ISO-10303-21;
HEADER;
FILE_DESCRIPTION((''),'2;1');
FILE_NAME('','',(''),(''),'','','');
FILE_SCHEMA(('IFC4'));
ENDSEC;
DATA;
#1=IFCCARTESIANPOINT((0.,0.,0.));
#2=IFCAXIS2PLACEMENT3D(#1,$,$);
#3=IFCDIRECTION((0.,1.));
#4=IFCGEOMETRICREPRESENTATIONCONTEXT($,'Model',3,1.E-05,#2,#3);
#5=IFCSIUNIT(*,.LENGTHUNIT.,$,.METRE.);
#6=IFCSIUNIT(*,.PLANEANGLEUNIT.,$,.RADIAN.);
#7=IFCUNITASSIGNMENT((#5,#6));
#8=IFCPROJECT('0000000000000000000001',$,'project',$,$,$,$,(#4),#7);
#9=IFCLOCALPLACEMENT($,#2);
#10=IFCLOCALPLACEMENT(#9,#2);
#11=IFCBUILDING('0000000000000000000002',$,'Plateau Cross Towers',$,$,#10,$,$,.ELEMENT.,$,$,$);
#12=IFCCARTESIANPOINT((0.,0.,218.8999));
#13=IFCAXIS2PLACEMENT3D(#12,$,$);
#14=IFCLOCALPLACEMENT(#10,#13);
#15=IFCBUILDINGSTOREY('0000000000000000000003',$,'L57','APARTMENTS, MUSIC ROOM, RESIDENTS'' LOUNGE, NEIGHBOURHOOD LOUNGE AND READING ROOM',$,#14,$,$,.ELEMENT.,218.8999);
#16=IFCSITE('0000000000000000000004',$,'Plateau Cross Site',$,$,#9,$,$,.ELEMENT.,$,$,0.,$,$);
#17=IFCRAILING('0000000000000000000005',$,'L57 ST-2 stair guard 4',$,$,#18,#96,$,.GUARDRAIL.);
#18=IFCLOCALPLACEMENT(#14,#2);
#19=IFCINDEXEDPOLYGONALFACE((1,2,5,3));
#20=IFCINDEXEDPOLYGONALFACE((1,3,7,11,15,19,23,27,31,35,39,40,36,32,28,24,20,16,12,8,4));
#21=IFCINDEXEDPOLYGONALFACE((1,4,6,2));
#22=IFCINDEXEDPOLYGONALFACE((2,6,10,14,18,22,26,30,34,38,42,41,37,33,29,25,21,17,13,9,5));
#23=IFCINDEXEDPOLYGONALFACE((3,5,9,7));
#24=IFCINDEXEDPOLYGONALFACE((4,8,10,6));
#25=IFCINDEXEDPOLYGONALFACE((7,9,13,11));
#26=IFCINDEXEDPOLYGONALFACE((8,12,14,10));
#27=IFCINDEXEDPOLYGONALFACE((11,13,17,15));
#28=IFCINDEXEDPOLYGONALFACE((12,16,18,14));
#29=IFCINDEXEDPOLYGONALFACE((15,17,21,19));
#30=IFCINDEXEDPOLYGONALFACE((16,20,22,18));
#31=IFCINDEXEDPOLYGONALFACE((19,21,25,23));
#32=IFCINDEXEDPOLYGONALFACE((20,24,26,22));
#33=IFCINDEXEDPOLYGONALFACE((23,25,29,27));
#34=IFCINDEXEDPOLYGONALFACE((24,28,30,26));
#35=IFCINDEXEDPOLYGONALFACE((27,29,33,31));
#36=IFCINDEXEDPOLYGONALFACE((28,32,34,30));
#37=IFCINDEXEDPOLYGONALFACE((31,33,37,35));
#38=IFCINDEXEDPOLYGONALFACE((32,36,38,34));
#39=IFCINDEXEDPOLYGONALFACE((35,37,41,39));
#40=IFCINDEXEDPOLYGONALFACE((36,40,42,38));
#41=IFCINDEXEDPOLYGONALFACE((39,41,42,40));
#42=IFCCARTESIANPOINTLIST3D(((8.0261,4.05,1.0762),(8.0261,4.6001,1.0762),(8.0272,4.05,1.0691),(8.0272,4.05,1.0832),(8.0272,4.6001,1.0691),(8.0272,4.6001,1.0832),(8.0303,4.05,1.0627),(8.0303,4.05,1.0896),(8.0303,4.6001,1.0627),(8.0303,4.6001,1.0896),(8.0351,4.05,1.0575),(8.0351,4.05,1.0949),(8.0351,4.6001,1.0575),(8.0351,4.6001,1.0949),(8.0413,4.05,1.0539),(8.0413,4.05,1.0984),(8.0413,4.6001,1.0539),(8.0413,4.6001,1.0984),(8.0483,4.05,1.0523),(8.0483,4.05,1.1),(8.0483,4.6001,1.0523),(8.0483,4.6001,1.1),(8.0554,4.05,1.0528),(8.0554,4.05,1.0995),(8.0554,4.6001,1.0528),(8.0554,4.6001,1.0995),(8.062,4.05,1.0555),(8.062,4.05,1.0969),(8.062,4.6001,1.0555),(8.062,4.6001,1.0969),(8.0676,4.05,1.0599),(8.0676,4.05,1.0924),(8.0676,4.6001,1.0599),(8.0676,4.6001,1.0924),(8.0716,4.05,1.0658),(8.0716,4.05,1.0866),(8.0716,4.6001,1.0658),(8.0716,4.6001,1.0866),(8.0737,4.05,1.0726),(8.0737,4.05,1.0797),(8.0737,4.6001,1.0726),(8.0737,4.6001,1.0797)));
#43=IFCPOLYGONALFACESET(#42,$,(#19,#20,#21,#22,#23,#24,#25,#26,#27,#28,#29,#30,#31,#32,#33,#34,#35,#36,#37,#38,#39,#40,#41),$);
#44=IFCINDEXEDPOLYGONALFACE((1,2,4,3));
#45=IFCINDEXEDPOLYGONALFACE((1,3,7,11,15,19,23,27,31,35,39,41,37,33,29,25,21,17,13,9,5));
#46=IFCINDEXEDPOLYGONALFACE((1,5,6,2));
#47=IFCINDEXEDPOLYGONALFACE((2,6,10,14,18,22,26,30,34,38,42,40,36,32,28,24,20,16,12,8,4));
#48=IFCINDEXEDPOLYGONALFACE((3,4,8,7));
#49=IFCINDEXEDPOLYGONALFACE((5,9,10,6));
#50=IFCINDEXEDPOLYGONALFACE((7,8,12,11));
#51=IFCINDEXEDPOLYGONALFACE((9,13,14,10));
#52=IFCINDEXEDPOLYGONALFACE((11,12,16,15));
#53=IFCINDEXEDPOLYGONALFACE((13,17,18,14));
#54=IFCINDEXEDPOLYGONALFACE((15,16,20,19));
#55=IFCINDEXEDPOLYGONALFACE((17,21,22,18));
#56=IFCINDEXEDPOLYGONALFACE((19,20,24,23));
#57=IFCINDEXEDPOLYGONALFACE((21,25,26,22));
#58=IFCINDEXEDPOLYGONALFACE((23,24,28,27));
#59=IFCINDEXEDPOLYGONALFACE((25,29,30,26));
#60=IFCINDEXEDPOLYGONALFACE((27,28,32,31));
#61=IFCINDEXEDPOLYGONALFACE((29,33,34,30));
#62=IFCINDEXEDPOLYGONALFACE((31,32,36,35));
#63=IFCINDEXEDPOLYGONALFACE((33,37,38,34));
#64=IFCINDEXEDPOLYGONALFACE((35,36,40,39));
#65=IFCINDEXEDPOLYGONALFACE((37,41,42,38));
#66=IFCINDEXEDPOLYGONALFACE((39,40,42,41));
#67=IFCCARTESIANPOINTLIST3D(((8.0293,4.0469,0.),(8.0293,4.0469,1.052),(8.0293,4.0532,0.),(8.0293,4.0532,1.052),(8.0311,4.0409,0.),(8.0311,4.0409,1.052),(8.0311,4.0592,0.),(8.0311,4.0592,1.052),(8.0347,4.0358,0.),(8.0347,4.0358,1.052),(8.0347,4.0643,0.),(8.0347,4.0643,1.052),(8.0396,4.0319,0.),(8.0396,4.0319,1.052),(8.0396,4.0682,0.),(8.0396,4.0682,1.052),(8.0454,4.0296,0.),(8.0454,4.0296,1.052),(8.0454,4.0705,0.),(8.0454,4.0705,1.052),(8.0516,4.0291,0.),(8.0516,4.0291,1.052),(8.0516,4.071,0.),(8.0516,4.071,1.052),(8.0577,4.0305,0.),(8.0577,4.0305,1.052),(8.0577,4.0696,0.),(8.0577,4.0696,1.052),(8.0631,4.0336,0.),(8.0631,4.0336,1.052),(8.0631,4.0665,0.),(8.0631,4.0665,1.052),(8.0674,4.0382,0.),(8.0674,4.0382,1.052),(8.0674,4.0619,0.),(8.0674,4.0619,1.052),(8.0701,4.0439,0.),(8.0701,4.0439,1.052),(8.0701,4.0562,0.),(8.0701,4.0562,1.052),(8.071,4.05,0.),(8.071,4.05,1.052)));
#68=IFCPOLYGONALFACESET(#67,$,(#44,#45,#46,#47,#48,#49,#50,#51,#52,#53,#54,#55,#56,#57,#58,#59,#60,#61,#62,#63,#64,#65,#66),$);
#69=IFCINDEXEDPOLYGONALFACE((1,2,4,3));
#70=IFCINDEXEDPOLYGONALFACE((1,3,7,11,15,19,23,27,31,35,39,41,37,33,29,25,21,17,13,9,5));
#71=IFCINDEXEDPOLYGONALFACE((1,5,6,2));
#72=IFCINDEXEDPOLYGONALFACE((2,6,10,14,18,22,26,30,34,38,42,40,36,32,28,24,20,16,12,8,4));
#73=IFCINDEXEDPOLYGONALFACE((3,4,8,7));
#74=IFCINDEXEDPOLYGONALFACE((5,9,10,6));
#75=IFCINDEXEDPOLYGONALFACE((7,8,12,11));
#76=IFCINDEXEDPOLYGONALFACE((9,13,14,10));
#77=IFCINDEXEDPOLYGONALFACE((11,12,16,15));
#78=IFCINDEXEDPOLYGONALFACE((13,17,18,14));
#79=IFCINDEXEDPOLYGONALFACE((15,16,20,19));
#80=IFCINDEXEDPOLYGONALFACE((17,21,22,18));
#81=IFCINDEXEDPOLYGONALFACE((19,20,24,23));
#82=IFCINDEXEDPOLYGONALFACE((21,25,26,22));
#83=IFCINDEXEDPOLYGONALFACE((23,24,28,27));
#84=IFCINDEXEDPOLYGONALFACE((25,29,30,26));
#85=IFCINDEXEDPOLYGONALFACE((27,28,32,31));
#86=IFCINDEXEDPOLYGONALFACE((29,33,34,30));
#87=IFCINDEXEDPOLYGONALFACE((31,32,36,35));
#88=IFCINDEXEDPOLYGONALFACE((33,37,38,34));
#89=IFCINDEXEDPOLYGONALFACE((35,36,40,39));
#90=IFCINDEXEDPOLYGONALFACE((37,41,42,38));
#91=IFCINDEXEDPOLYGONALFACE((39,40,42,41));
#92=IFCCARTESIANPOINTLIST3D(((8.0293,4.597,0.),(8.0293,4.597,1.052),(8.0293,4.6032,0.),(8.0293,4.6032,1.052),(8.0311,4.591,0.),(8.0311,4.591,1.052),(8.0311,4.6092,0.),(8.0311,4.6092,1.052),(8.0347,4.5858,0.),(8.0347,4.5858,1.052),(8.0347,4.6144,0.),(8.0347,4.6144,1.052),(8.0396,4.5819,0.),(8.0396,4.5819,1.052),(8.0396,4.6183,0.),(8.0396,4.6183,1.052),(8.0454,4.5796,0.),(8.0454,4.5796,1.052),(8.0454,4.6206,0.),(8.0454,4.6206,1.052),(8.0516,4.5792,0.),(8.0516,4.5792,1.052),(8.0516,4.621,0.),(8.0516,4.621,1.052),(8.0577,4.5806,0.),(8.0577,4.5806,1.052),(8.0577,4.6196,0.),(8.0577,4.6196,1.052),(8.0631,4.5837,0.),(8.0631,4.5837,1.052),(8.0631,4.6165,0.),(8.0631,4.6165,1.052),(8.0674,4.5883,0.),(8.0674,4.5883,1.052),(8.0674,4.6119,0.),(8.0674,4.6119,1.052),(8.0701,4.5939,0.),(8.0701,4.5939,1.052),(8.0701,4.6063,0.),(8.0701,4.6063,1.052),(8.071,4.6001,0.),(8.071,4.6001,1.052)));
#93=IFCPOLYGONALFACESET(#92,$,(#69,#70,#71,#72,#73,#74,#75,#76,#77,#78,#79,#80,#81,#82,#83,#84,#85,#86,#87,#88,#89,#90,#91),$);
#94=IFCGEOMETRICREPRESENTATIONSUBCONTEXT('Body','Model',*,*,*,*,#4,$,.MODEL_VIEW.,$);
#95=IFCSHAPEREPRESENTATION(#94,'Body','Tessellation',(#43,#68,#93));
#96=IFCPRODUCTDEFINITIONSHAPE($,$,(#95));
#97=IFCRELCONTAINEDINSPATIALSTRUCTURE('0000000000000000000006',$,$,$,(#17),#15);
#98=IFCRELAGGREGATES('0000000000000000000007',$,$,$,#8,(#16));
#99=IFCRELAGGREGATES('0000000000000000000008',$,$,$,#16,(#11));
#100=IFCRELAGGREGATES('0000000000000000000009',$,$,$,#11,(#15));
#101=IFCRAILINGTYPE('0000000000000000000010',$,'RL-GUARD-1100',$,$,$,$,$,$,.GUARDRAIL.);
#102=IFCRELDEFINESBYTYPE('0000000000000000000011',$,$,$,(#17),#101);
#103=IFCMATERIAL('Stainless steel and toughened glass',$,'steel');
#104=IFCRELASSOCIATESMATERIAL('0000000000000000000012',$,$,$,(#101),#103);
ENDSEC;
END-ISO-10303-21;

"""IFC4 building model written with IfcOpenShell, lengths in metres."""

from ifc_helpers import new_model, si_unit, direction, frame, origin, origin_2d, place, context, subcontext, project, spatial, circle, extrude, material, type_object, element, save


model = new_model("IFC4")

# Units and contexts
model_context = context("Model", 3, precision=1e-05, world=origin(), true_north=direction((0.0, 1.0)))
body_context = subcontext(model_context, "Body", "Model", "MODEL_VIEW")
ifc_project = project(units=[si_unit("LENGTHUNIT", "METRE"), si_unit("PLANEANGLEUNIT", "RADIAN")], contexts=[model_context])

# Site, building, storey
site_placement = place(None, origin())
site = spatial("IfcSite", under=ifc_project, at=site_placement, Name="Plateau Cross Site", CompositionType="ELEMENT", RefElevation=0.0)
building_placement = place(site_placement, origin())
building = spatial("IfcBuilding", under=site, at=building_placement, Name="Plateau Cross Towers", CompositionType="ELEMENT")
storey_placement = place(building_placement, frame((0.0, 0.0, 218.8999)))
storey = spatial("IfcBuildingStorey", under=building, at=storey_placement, Name="L57", Description="APARTMENTS, MUSIC ROOM, RESIDENTS' LOUNGE, NEIGHBOURHOOD LOUNGE AND READING ROOM", CompositionType="ELEMENT", Elevation=218.8999)

# Railing
ifc_material_1 = material(Name="Stainless steel and toughened glass", Category="steel")
railing_type_1 = type_object("IfcRailingType", Name="RL-GUARD-1100", PredefinedType="GUARDRAIL", material=ifc_material_1)
for number, where, name in (
    (1, (8.05, 4.05, 0.0), "L57 ST-2 stair guard 4"),
):
    element("IfcRailing", number, at=place(storey_placement, frame(where)), inside=storey, type_object=railing_type_1, Name=name, PredefinedType="GUARDRAIL", context=body_context, shape_type="SweptSolid", body=[
        extrude(circle(Radius=0.0239, at=origin_2d()), frame((0.0, 0.0, 1.0762), z_axis=(0.0, 1.0, 0.0), x_axis=(-1.0, 0.0, 0.0)), (0.0, 0.0, 1.0), 0.55),
        extrude(circle(Radius=0.021, at=origin_2d()), origin(), (0.0, 0.0, 1.0), 1.052),
        extrude(circle(Radius=0.021, at=origin_2d()), frame((0.0, 0.55, 0.0)), (0.0, 0.0, 1.0), 1.052),
    ])

save(model, "model.ifc")
